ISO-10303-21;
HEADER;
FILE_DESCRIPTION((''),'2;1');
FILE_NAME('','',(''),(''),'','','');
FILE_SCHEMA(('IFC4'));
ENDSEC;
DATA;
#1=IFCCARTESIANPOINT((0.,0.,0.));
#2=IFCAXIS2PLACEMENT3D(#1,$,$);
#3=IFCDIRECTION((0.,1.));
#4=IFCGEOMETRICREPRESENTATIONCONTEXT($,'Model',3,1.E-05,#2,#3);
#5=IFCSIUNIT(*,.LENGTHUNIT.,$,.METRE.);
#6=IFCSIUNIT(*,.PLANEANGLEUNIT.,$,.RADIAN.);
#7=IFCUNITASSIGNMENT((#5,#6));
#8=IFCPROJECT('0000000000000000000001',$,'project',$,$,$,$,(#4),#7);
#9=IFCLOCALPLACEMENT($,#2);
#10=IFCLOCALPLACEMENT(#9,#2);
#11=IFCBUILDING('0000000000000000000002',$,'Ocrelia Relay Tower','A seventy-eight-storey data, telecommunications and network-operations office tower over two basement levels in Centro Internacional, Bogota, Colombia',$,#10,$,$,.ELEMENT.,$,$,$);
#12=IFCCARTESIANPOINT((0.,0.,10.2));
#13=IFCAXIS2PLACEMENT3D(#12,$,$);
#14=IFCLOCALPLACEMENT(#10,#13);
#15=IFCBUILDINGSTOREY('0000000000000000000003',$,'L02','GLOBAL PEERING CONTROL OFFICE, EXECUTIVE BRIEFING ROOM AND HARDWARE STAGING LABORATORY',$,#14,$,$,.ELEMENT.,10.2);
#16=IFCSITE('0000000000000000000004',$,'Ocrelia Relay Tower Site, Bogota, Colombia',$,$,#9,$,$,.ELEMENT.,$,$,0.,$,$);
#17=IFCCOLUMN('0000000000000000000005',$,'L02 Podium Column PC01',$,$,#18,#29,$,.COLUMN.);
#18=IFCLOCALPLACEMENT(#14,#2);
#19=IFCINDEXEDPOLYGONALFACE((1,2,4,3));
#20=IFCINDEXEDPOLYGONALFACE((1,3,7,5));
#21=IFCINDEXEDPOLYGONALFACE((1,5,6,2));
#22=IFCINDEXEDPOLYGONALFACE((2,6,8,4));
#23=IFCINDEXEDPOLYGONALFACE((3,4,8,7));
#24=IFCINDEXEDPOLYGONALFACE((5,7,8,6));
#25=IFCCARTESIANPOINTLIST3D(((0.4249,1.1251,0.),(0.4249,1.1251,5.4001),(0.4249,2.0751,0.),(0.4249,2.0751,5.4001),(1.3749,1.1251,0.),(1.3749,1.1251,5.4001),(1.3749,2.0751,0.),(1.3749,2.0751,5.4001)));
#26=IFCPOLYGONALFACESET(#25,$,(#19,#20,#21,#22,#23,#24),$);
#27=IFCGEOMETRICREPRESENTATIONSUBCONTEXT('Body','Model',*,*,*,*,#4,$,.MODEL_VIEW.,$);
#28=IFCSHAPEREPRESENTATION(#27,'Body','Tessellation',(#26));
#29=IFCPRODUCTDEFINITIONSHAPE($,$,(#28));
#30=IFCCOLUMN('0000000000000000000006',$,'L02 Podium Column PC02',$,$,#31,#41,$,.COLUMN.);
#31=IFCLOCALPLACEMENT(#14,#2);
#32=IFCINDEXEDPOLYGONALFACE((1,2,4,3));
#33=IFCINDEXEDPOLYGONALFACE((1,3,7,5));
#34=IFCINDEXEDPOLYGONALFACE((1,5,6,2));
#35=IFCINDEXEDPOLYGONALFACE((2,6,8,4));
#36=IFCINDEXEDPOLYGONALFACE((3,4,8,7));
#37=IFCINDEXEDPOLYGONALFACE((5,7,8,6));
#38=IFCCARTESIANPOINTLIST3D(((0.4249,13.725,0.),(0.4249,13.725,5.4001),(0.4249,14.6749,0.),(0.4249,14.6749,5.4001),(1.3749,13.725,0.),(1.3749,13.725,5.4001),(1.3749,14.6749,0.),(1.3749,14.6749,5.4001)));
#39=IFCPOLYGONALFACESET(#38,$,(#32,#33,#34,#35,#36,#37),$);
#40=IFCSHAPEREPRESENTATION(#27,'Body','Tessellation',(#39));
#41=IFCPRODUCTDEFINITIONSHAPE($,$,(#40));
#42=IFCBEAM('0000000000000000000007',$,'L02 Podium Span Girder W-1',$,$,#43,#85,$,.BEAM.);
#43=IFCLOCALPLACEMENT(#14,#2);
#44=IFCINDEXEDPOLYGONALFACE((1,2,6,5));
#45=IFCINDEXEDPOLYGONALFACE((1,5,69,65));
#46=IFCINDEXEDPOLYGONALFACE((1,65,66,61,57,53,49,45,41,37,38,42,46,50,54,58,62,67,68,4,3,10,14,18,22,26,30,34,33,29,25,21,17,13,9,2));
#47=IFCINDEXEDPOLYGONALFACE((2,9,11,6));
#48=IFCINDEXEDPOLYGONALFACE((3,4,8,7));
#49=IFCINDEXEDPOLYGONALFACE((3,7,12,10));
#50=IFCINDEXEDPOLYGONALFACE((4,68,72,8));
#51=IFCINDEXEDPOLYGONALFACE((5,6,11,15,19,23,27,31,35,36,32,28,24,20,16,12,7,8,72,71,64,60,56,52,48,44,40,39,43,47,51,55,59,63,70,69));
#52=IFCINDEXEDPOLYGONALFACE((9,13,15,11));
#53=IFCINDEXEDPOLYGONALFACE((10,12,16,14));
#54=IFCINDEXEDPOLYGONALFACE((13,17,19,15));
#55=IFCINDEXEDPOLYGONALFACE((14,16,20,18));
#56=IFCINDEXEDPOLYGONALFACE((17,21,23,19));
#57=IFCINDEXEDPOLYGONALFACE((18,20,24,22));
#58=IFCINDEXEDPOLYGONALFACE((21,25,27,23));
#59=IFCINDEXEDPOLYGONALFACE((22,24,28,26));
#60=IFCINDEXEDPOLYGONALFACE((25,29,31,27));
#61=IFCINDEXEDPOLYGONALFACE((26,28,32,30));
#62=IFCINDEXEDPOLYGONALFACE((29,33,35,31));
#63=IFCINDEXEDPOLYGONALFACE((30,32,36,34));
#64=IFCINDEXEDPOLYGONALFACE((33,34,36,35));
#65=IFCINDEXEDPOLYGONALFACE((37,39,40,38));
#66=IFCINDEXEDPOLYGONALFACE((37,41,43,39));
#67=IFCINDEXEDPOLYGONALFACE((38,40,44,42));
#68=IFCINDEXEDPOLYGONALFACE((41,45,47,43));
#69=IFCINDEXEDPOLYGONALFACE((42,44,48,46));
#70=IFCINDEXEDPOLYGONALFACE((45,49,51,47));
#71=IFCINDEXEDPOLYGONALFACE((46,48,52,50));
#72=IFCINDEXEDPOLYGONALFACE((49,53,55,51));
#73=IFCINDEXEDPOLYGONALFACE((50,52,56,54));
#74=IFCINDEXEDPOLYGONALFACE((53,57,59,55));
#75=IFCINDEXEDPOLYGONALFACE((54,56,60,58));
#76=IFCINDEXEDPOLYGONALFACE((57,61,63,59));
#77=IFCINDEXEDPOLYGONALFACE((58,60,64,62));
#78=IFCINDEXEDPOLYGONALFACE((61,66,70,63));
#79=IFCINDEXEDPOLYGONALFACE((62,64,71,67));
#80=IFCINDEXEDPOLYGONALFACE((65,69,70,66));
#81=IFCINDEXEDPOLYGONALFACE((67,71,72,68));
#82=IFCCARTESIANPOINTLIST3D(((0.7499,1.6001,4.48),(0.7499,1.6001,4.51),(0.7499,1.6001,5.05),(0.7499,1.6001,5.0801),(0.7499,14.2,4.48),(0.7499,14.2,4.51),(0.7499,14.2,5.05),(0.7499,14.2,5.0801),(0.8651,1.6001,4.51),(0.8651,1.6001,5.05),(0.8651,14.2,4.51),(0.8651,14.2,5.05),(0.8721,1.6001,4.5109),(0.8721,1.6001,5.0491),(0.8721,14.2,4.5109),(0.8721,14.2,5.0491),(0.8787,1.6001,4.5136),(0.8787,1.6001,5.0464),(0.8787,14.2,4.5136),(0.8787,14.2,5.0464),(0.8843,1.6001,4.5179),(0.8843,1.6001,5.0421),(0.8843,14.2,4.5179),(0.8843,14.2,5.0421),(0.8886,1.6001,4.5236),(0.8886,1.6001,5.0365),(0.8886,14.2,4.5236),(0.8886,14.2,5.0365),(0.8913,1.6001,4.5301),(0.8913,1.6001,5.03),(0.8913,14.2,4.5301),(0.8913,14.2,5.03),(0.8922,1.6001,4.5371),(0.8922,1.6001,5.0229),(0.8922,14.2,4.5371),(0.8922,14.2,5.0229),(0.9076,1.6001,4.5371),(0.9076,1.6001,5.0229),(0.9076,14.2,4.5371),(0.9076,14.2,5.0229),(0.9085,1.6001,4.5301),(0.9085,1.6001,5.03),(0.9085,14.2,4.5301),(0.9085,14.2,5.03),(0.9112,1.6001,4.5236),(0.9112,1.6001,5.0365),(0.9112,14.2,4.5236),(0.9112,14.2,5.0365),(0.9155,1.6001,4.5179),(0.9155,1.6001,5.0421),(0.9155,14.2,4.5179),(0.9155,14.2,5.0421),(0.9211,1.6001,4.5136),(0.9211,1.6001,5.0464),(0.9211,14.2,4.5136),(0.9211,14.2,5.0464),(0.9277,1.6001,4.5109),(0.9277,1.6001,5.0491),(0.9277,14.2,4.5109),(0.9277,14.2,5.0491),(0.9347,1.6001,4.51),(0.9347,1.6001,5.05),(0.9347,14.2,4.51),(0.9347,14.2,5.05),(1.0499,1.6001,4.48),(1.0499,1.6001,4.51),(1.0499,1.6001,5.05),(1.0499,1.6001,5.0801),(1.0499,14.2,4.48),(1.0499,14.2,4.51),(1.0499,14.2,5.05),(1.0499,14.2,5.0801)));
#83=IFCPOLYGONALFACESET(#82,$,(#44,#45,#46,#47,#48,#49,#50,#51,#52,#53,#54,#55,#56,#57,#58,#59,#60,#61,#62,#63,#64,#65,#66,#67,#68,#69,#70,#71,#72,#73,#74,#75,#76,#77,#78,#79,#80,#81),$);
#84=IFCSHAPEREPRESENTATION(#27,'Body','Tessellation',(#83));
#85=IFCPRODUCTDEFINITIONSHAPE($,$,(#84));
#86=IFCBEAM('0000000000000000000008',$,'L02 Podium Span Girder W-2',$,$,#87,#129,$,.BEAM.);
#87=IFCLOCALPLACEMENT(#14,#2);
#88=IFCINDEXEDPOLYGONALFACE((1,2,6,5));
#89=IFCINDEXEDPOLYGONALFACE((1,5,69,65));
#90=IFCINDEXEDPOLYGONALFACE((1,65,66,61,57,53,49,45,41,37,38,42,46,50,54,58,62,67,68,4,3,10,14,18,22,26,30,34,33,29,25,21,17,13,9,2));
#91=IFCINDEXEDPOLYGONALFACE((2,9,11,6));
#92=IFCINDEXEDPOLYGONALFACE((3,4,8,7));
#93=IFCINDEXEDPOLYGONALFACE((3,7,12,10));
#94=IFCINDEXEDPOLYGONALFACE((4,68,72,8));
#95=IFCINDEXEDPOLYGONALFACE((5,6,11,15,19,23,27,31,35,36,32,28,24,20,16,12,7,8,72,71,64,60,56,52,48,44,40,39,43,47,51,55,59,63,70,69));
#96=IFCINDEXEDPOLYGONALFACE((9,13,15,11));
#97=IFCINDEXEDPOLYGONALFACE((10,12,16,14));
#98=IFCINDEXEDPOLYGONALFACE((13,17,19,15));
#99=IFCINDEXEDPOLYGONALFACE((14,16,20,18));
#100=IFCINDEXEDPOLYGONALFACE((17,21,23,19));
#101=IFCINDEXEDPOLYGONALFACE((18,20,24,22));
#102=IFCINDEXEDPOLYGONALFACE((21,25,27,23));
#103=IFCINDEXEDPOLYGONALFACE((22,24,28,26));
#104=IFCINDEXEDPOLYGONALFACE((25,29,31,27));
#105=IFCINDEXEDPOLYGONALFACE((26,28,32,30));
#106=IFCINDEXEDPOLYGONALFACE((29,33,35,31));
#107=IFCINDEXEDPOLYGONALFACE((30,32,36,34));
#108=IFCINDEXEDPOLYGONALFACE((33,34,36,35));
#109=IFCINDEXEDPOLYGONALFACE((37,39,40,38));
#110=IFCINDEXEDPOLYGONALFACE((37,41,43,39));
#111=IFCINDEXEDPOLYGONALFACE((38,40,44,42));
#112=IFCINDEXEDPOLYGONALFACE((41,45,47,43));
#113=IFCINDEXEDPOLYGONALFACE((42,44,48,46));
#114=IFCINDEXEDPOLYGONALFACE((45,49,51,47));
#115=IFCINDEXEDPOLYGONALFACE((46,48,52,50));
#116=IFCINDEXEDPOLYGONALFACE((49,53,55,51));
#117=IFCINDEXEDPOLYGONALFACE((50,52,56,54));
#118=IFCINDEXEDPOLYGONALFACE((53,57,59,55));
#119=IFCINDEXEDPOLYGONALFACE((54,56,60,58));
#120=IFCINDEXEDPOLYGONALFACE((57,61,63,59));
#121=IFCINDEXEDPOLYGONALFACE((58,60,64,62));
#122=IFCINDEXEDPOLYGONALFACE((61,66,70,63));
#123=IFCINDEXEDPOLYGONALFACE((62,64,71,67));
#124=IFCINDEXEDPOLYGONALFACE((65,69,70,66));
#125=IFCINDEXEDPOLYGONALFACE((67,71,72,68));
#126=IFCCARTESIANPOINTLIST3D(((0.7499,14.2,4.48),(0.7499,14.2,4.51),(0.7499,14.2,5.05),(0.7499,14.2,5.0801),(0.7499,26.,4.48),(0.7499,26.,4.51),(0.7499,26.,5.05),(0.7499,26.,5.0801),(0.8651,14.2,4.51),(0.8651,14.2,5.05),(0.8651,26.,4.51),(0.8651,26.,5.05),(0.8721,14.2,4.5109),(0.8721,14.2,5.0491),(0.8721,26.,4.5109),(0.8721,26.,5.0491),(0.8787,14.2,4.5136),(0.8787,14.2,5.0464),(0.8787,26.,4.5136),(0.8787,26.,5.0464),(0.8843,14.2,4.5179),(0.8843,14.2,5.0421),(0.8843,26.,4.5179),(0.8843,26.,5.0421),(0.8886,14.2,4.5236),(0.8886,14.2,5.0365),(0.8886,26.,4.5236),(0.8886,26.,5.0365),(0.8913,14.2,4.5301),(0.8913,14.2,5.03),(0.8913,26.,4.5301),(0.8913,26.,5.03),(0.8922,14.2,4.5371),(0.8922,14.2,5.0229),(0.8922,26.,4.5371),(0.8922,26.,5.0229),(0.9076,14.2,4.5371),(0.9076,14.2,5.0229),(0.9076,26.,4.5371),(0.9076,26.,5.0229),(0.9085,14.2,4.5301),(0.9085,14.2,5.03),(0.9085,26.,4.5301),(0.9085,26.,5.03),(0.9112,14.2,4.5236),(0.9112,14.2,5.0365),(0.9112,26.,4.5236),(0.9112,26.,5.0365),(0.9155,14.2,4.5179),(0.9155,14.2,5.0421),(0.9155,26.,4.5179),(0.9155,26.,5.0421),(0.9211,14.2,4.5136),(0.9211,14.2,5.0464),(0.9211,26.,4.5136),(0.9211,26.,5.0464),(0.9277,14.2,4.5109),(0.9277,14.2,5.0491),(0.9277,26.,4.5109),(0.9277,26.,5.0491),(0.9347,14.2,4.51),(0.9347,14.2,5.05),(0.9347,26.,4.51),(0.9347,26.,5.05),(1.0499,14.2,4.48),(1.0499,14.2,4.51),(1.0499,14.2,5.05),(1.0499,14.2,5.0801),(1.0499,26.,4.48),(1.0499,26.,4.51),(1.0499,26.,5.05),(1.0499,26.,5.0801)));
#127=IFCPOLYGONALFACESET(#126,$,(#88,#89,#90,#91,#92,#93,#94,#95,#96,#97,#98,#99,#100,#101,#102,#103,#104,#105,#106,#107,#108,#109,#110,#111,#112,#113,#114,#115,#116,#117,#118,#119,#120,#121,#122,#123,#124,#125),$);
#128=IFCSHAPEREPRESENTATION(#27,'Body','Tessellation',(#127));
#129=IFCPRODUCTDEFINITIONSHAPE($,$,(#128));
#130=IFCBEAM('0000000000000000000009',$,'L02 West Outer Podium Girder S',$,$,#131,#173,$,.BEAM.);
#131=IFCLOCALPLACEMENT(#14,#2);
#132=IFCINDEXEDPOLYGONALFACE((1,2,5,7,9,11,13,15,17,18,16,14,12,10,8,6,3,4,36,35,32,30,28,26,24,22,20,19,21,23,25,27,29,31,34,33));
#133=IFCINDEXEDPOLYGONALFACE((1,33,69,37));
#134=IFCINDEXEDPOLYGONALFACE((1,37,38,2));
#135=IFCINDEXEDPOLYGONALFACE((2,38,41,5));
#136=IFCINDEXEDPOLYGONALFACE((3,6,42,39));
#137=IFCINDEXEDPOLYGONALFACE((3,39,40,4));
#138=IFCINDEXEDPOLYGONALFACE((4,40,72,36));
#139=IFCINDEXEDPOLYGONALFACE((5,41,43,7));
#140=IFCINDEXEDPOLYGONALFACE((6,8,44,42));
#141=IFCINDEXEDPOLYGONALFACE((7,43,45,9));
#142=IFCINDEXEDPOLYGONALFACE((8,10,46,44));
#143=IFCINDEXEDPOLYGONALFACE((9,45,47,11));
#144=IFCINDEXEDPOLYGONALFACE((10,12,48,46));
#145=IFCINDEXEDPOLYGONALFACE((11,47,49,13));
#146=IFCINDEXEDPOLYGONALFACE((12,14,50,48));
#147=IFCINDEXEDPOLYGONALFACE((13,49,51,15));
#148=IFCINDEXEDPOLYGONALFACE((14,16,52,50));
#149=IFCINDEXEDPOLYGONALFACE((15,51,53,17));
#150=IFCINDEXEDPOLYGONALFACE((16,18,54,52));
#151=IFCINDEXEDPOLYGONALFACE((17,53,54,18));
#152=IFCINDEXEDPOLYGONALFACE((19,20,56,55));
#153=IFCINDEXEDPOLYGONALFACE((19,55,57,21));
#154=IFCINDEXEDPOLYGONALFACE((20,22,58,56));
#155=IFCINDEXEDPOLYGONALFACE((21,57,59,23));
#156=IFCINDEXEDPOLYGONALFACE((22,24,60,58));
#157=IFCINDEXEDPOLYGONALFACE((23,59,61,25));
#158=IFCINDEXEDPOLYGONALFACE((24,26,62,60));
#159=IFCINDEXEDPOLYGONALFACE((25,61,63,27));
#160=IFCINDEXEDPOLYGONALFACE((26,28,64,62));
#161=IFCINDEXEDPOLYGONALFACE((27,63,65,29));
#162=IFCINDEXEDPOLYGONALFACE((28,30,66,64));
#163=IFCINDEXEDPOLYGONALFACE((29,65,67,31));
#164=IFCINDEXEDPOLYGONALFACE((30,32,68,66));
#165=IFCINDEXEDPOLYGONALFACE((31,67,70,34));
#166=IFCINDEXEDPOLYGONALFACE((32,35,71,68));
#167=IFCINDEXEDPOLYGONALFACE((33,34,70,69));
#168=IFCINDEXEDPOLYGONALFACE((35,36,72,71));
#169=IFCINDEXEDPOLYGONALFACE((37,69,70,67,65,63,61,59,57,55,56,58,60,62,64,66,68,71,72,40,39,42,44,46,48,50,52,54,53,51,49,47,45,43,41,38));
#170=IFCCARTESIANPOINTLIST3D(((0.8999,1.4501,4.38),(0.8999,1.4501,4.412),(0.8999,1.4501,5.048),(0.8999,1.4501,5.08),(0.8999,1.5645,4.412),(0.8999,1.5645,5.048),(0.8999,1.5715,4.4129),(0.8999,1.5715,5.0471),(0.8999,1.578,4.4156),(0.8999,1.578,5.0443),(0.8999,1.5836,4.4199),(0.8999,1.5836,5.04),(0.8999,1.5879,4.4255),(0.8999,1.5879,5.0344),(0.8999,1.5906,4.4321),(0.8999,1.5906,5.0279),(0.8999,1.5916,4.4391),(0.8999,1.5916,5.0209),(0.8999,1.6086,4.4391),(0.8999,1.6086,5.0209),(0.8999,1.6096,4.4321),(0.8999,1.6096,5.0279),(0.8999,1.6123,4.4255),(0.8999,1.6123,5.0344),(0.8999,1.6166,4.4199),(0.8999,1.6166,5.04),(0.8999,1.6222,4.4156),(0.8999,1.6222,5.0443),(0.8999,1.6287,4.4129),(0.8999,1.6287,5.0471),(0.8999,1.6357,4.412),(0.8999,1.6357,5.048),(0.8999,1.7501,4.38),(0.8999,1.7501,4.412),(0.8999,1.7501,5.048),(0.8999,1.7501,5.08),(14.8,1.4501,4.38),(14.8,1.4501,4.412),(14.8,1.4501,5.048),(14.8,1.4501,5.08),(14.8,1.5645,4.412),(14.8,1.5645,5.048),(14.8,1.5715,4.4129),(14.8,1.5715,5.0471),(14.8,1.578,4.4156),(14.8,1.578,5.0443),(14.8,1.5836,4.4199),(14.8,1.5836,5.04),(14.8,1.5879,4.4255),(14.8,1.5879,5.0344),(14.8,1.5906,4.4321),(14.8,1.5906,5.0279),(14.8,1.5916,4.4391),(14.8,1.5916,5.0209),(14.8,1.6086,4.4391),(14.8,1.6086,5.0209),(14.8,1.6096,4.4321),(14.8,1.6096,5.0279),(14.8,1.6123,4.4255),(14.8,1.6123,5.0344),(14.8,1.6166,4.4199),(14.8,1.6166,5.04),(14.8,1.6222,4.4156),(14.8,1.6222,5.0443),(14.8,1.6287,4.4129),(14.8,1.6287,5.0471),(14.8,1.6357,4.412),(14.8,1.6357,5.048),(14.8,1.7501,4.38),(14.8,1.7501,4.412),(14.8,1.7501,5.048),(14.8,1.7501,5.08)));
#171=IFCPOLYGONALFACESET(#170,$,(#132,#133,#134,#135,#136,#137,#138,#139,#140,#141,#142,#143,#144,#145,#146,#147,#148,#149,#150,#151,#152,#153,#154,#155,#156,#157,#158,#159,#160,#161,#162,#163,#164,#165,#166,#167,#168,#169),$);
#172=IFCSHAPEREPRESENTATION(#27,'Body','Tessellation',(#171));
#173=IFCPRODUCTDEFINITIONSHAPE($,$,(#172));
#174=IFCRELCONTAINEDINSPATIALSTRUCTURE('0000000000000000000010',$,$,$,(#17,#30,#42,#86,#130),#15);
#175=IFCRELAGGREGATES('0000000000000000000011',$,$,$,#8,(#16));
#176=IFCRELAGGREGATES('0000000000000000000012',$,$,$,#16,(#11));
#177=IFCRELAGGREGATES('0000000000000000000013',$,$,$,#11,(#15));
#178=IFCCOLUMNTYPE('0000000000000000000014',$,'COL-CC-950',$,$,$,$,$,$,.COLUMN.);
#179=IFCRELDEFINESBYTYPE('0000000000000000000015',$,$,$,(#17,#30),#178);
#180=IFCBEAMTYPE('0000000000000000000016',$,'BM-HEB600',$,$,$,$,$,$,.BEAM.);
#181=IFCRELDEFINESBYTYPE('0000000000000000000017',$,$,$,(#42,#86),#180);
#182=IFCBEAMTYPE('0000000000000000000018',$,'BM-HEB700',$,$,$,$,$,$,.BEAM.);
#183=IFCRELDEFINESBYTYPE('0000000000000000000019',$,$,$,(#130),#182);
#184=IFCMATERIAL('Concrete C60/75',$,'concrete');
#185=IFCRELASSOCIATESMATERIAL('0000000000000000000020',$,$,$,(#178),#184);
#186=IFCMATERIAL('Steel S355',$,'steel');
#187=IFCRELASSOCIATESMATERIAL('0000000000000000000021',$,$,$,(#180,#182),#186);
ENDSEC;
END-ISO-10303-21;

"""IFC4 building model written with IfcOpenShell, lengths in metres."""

from ifc_helpers import new_model, si_unit, direction, frame, origin, origin_2d, place, context, subcontext, project, spatial, rectangle, i_section, extrude, material, material_profile, profile_set, type_object, element, save


model = new_model("IFC4")

# Units and contexts
model_context = context("Model", 3, precision=1e-05, world=origin(), true_north=direction((0.0, 1.0)))
body_context = subcontext(model_context, "Body", "Model", "MODEL_VIEW")
ifc_project = project(units=[si_unit("LENGTHUNIT", "METRE"), si_unit("PLANEANGLEUNIT", "RADIAN")], contexts=[model_context])

# Site, building, storey
site_placement = place(None, origin())
site = spatial("IfcSite", under=ifc_project, at=site_placement, Name="Ocrelia Relay Tower Site, Bogota, Colombia", CompositionType="ELEMENT", RefElevation=0.0)
building_placement = place(site_placement, origin())
building = spatial("IfcBuilding", under=site, at=building_placement, Name="Ocrelia Relay Tower", Description="A seventy-eight-storey data, telecommunications and network-operations office tower over two basement levels in Centro Internacional, Bogota, Colombia", CompositionType="ELEMENT")
storey_placement = place(building_placement, frame((0.0, 0.0, 10.2)))
storey = spatial("IfcBuildingStorey", under=building, at=storey_placement, Name="L02", Description="GLOBAL PEERING CONTROL OFFICE, EXECUTIVE BRIEFING ROOM AND HARDWARE STAGING LABORATORY", CompositionType="ELEMENT", Elevation=10.2)

# Columns
ifc_material_1 = material(Name="Concrete C60/75", Category="concrete")
ifc_material_profile_1 = material_profile(ifc_material_1, rectangle(XDim=0.95, YDim=0.95, at=origin_2d()), Name="RC-COL-950x950")
ifc_profile_set_1 = profile_set([ifc_material_profile_1], Name="Concrete C60/75")
column_type = type_object("IfcColumnType", Name="COL-CC-950", PredefinedType="COLUMN", material=ifc_profile_set_1)
for number, where, z_axis, x_axis, name in (
    (1, (0.8999, 1.6001, 0.0), (0.0, 0.0, 1.0), (1.0, 0.0, 0.0), "L02 Podium Column PC01"),
    (2, (0.8999, 14.2, 0.0), (0.0, 0.0, 1.0), (1.0, 0.0, 0.0), "L02 Podium Column PC02"),
):
    element("IfcColumn", number, at=place(storey_placement, frame(where, z_axis=z_axis, x_axis=x_axis)), inside=storey, type_object=column_type, Name=name, PredefinedType="COLUMN", context=body_context, shape_type="SweptSolid", body=[
        extrude(rectangle(XDim=0.95, YDim=0.95, at=origin_2d()), origin(), (0.0, 0.0, 1.0), 5.4001),
    ])

# Beams
ifc_material_2 = material(Name="Steel S355", Category="steel")
ifc_material_profile_2 = material_profile(ifc_material_2, i_section(OverallWidth=0.3, OverallDepth=0.6001, WebThickness=0.0154, FlangeThickness=0.03, FilletRadius=0.0271, at=origin_2d()), Name="HEB 600")
ifc_profile_set_2 = profile_set([ifc_material_profile_2], Name="Steel S355")
beam_type_1 = type_object("IfcBeamType", Name="BM-HEB600", PredefinedType="BEAM", material=ifc_profile_set_2)
beam_1_placement = place(storey_placement, frame((0.8999, 1.6001, 4.78), z_axis=(0.0, 1.0, 0.0), x_axis=(-1.0, 0.0, 0.0)))
element("IfcBeam", 3, at=beam_1_placement, inside=storey, type_object=beam_type_1, Name="L02 Podium Span Girder W-1", PredefinedType="BEAM", context=body_context, shape_type="SweptSolid", body=[
    extrude(i_section(OverallWidth=0.3, OverallDepth=0.6001, WebThickness=0.0154, FlangeThickness=0.03, FilletRadius=0.0271, at=origin_2d()), origin(), (0.0, 0.0, 1.0), 12.5999),
])
beam_2_placement = place(storey_placement, frame((0.8999, 14.2, 4.78), z_axis=(0.0, 1.0, 0.0), x_axis=(-1.0, 0.0, 0.0)))
element("IfcBeam", 4, at=beam_2_placement, inside=storey, type_object=beam_type_1, Name="L02 Podium Span Girder W-2", PredefinedType="BEAM", context=body_context, shape_type="SweptSolid", body=[
    extrude(i_section(OverallWidth=0.3, OverallDepth=0.6001, WebThickness=0.0154, FlangeThickness=0.03, FilletRadius=0.0271, at=origin_2d()), origin(), (0.0, 0.0, 1.0), 11.8),
])
ifc_material_profile_3 = material_profile(ifc_material_2, i_section(OverallWidth=0.3, OverallDepth=0.7, WebThickness=0.0171, FlangeThickness=0.032, FilletRadius=0.0271, at=origin_2d()), Name="HEB 700")
ifc_profile_set_3 = profile_set([ifc_material_profile_3], Name="Steel S355")
beam_type_2 = type_object("IfcBeamType", Name="BM-HEB700", PredefinedType="BEAM", material=ifc_profile_set_3)
for number, where, z_axis, x_axis, name in (
    (5, (0.8999, 1.6001, 4.73), (1.0, 0.0, 0.0), (0.0, 1.0, 0.0), "L02 West Outer Podium Girder S"),
):
    element("IfcBeam", number, at=place(storey_placement, frame(where, z_axis=z_axis, x_axis=x_axis)), inside=storey, type_object=beam_type_2, Name=name, PredefinedType="BEAM", context=body_context, shape_type="SweptSolid", body=[
        extrude(i_section(OverallWidth=0.3, OverallDepth=0.7, WebThickness=0.0171, FlangeThickness=0.032, FilletRadius=0.0271, at=origin_2d()), origin(), (0.0, 0.0, 1.0), 13.9001),
    ])

save(model, "model.ifc")
